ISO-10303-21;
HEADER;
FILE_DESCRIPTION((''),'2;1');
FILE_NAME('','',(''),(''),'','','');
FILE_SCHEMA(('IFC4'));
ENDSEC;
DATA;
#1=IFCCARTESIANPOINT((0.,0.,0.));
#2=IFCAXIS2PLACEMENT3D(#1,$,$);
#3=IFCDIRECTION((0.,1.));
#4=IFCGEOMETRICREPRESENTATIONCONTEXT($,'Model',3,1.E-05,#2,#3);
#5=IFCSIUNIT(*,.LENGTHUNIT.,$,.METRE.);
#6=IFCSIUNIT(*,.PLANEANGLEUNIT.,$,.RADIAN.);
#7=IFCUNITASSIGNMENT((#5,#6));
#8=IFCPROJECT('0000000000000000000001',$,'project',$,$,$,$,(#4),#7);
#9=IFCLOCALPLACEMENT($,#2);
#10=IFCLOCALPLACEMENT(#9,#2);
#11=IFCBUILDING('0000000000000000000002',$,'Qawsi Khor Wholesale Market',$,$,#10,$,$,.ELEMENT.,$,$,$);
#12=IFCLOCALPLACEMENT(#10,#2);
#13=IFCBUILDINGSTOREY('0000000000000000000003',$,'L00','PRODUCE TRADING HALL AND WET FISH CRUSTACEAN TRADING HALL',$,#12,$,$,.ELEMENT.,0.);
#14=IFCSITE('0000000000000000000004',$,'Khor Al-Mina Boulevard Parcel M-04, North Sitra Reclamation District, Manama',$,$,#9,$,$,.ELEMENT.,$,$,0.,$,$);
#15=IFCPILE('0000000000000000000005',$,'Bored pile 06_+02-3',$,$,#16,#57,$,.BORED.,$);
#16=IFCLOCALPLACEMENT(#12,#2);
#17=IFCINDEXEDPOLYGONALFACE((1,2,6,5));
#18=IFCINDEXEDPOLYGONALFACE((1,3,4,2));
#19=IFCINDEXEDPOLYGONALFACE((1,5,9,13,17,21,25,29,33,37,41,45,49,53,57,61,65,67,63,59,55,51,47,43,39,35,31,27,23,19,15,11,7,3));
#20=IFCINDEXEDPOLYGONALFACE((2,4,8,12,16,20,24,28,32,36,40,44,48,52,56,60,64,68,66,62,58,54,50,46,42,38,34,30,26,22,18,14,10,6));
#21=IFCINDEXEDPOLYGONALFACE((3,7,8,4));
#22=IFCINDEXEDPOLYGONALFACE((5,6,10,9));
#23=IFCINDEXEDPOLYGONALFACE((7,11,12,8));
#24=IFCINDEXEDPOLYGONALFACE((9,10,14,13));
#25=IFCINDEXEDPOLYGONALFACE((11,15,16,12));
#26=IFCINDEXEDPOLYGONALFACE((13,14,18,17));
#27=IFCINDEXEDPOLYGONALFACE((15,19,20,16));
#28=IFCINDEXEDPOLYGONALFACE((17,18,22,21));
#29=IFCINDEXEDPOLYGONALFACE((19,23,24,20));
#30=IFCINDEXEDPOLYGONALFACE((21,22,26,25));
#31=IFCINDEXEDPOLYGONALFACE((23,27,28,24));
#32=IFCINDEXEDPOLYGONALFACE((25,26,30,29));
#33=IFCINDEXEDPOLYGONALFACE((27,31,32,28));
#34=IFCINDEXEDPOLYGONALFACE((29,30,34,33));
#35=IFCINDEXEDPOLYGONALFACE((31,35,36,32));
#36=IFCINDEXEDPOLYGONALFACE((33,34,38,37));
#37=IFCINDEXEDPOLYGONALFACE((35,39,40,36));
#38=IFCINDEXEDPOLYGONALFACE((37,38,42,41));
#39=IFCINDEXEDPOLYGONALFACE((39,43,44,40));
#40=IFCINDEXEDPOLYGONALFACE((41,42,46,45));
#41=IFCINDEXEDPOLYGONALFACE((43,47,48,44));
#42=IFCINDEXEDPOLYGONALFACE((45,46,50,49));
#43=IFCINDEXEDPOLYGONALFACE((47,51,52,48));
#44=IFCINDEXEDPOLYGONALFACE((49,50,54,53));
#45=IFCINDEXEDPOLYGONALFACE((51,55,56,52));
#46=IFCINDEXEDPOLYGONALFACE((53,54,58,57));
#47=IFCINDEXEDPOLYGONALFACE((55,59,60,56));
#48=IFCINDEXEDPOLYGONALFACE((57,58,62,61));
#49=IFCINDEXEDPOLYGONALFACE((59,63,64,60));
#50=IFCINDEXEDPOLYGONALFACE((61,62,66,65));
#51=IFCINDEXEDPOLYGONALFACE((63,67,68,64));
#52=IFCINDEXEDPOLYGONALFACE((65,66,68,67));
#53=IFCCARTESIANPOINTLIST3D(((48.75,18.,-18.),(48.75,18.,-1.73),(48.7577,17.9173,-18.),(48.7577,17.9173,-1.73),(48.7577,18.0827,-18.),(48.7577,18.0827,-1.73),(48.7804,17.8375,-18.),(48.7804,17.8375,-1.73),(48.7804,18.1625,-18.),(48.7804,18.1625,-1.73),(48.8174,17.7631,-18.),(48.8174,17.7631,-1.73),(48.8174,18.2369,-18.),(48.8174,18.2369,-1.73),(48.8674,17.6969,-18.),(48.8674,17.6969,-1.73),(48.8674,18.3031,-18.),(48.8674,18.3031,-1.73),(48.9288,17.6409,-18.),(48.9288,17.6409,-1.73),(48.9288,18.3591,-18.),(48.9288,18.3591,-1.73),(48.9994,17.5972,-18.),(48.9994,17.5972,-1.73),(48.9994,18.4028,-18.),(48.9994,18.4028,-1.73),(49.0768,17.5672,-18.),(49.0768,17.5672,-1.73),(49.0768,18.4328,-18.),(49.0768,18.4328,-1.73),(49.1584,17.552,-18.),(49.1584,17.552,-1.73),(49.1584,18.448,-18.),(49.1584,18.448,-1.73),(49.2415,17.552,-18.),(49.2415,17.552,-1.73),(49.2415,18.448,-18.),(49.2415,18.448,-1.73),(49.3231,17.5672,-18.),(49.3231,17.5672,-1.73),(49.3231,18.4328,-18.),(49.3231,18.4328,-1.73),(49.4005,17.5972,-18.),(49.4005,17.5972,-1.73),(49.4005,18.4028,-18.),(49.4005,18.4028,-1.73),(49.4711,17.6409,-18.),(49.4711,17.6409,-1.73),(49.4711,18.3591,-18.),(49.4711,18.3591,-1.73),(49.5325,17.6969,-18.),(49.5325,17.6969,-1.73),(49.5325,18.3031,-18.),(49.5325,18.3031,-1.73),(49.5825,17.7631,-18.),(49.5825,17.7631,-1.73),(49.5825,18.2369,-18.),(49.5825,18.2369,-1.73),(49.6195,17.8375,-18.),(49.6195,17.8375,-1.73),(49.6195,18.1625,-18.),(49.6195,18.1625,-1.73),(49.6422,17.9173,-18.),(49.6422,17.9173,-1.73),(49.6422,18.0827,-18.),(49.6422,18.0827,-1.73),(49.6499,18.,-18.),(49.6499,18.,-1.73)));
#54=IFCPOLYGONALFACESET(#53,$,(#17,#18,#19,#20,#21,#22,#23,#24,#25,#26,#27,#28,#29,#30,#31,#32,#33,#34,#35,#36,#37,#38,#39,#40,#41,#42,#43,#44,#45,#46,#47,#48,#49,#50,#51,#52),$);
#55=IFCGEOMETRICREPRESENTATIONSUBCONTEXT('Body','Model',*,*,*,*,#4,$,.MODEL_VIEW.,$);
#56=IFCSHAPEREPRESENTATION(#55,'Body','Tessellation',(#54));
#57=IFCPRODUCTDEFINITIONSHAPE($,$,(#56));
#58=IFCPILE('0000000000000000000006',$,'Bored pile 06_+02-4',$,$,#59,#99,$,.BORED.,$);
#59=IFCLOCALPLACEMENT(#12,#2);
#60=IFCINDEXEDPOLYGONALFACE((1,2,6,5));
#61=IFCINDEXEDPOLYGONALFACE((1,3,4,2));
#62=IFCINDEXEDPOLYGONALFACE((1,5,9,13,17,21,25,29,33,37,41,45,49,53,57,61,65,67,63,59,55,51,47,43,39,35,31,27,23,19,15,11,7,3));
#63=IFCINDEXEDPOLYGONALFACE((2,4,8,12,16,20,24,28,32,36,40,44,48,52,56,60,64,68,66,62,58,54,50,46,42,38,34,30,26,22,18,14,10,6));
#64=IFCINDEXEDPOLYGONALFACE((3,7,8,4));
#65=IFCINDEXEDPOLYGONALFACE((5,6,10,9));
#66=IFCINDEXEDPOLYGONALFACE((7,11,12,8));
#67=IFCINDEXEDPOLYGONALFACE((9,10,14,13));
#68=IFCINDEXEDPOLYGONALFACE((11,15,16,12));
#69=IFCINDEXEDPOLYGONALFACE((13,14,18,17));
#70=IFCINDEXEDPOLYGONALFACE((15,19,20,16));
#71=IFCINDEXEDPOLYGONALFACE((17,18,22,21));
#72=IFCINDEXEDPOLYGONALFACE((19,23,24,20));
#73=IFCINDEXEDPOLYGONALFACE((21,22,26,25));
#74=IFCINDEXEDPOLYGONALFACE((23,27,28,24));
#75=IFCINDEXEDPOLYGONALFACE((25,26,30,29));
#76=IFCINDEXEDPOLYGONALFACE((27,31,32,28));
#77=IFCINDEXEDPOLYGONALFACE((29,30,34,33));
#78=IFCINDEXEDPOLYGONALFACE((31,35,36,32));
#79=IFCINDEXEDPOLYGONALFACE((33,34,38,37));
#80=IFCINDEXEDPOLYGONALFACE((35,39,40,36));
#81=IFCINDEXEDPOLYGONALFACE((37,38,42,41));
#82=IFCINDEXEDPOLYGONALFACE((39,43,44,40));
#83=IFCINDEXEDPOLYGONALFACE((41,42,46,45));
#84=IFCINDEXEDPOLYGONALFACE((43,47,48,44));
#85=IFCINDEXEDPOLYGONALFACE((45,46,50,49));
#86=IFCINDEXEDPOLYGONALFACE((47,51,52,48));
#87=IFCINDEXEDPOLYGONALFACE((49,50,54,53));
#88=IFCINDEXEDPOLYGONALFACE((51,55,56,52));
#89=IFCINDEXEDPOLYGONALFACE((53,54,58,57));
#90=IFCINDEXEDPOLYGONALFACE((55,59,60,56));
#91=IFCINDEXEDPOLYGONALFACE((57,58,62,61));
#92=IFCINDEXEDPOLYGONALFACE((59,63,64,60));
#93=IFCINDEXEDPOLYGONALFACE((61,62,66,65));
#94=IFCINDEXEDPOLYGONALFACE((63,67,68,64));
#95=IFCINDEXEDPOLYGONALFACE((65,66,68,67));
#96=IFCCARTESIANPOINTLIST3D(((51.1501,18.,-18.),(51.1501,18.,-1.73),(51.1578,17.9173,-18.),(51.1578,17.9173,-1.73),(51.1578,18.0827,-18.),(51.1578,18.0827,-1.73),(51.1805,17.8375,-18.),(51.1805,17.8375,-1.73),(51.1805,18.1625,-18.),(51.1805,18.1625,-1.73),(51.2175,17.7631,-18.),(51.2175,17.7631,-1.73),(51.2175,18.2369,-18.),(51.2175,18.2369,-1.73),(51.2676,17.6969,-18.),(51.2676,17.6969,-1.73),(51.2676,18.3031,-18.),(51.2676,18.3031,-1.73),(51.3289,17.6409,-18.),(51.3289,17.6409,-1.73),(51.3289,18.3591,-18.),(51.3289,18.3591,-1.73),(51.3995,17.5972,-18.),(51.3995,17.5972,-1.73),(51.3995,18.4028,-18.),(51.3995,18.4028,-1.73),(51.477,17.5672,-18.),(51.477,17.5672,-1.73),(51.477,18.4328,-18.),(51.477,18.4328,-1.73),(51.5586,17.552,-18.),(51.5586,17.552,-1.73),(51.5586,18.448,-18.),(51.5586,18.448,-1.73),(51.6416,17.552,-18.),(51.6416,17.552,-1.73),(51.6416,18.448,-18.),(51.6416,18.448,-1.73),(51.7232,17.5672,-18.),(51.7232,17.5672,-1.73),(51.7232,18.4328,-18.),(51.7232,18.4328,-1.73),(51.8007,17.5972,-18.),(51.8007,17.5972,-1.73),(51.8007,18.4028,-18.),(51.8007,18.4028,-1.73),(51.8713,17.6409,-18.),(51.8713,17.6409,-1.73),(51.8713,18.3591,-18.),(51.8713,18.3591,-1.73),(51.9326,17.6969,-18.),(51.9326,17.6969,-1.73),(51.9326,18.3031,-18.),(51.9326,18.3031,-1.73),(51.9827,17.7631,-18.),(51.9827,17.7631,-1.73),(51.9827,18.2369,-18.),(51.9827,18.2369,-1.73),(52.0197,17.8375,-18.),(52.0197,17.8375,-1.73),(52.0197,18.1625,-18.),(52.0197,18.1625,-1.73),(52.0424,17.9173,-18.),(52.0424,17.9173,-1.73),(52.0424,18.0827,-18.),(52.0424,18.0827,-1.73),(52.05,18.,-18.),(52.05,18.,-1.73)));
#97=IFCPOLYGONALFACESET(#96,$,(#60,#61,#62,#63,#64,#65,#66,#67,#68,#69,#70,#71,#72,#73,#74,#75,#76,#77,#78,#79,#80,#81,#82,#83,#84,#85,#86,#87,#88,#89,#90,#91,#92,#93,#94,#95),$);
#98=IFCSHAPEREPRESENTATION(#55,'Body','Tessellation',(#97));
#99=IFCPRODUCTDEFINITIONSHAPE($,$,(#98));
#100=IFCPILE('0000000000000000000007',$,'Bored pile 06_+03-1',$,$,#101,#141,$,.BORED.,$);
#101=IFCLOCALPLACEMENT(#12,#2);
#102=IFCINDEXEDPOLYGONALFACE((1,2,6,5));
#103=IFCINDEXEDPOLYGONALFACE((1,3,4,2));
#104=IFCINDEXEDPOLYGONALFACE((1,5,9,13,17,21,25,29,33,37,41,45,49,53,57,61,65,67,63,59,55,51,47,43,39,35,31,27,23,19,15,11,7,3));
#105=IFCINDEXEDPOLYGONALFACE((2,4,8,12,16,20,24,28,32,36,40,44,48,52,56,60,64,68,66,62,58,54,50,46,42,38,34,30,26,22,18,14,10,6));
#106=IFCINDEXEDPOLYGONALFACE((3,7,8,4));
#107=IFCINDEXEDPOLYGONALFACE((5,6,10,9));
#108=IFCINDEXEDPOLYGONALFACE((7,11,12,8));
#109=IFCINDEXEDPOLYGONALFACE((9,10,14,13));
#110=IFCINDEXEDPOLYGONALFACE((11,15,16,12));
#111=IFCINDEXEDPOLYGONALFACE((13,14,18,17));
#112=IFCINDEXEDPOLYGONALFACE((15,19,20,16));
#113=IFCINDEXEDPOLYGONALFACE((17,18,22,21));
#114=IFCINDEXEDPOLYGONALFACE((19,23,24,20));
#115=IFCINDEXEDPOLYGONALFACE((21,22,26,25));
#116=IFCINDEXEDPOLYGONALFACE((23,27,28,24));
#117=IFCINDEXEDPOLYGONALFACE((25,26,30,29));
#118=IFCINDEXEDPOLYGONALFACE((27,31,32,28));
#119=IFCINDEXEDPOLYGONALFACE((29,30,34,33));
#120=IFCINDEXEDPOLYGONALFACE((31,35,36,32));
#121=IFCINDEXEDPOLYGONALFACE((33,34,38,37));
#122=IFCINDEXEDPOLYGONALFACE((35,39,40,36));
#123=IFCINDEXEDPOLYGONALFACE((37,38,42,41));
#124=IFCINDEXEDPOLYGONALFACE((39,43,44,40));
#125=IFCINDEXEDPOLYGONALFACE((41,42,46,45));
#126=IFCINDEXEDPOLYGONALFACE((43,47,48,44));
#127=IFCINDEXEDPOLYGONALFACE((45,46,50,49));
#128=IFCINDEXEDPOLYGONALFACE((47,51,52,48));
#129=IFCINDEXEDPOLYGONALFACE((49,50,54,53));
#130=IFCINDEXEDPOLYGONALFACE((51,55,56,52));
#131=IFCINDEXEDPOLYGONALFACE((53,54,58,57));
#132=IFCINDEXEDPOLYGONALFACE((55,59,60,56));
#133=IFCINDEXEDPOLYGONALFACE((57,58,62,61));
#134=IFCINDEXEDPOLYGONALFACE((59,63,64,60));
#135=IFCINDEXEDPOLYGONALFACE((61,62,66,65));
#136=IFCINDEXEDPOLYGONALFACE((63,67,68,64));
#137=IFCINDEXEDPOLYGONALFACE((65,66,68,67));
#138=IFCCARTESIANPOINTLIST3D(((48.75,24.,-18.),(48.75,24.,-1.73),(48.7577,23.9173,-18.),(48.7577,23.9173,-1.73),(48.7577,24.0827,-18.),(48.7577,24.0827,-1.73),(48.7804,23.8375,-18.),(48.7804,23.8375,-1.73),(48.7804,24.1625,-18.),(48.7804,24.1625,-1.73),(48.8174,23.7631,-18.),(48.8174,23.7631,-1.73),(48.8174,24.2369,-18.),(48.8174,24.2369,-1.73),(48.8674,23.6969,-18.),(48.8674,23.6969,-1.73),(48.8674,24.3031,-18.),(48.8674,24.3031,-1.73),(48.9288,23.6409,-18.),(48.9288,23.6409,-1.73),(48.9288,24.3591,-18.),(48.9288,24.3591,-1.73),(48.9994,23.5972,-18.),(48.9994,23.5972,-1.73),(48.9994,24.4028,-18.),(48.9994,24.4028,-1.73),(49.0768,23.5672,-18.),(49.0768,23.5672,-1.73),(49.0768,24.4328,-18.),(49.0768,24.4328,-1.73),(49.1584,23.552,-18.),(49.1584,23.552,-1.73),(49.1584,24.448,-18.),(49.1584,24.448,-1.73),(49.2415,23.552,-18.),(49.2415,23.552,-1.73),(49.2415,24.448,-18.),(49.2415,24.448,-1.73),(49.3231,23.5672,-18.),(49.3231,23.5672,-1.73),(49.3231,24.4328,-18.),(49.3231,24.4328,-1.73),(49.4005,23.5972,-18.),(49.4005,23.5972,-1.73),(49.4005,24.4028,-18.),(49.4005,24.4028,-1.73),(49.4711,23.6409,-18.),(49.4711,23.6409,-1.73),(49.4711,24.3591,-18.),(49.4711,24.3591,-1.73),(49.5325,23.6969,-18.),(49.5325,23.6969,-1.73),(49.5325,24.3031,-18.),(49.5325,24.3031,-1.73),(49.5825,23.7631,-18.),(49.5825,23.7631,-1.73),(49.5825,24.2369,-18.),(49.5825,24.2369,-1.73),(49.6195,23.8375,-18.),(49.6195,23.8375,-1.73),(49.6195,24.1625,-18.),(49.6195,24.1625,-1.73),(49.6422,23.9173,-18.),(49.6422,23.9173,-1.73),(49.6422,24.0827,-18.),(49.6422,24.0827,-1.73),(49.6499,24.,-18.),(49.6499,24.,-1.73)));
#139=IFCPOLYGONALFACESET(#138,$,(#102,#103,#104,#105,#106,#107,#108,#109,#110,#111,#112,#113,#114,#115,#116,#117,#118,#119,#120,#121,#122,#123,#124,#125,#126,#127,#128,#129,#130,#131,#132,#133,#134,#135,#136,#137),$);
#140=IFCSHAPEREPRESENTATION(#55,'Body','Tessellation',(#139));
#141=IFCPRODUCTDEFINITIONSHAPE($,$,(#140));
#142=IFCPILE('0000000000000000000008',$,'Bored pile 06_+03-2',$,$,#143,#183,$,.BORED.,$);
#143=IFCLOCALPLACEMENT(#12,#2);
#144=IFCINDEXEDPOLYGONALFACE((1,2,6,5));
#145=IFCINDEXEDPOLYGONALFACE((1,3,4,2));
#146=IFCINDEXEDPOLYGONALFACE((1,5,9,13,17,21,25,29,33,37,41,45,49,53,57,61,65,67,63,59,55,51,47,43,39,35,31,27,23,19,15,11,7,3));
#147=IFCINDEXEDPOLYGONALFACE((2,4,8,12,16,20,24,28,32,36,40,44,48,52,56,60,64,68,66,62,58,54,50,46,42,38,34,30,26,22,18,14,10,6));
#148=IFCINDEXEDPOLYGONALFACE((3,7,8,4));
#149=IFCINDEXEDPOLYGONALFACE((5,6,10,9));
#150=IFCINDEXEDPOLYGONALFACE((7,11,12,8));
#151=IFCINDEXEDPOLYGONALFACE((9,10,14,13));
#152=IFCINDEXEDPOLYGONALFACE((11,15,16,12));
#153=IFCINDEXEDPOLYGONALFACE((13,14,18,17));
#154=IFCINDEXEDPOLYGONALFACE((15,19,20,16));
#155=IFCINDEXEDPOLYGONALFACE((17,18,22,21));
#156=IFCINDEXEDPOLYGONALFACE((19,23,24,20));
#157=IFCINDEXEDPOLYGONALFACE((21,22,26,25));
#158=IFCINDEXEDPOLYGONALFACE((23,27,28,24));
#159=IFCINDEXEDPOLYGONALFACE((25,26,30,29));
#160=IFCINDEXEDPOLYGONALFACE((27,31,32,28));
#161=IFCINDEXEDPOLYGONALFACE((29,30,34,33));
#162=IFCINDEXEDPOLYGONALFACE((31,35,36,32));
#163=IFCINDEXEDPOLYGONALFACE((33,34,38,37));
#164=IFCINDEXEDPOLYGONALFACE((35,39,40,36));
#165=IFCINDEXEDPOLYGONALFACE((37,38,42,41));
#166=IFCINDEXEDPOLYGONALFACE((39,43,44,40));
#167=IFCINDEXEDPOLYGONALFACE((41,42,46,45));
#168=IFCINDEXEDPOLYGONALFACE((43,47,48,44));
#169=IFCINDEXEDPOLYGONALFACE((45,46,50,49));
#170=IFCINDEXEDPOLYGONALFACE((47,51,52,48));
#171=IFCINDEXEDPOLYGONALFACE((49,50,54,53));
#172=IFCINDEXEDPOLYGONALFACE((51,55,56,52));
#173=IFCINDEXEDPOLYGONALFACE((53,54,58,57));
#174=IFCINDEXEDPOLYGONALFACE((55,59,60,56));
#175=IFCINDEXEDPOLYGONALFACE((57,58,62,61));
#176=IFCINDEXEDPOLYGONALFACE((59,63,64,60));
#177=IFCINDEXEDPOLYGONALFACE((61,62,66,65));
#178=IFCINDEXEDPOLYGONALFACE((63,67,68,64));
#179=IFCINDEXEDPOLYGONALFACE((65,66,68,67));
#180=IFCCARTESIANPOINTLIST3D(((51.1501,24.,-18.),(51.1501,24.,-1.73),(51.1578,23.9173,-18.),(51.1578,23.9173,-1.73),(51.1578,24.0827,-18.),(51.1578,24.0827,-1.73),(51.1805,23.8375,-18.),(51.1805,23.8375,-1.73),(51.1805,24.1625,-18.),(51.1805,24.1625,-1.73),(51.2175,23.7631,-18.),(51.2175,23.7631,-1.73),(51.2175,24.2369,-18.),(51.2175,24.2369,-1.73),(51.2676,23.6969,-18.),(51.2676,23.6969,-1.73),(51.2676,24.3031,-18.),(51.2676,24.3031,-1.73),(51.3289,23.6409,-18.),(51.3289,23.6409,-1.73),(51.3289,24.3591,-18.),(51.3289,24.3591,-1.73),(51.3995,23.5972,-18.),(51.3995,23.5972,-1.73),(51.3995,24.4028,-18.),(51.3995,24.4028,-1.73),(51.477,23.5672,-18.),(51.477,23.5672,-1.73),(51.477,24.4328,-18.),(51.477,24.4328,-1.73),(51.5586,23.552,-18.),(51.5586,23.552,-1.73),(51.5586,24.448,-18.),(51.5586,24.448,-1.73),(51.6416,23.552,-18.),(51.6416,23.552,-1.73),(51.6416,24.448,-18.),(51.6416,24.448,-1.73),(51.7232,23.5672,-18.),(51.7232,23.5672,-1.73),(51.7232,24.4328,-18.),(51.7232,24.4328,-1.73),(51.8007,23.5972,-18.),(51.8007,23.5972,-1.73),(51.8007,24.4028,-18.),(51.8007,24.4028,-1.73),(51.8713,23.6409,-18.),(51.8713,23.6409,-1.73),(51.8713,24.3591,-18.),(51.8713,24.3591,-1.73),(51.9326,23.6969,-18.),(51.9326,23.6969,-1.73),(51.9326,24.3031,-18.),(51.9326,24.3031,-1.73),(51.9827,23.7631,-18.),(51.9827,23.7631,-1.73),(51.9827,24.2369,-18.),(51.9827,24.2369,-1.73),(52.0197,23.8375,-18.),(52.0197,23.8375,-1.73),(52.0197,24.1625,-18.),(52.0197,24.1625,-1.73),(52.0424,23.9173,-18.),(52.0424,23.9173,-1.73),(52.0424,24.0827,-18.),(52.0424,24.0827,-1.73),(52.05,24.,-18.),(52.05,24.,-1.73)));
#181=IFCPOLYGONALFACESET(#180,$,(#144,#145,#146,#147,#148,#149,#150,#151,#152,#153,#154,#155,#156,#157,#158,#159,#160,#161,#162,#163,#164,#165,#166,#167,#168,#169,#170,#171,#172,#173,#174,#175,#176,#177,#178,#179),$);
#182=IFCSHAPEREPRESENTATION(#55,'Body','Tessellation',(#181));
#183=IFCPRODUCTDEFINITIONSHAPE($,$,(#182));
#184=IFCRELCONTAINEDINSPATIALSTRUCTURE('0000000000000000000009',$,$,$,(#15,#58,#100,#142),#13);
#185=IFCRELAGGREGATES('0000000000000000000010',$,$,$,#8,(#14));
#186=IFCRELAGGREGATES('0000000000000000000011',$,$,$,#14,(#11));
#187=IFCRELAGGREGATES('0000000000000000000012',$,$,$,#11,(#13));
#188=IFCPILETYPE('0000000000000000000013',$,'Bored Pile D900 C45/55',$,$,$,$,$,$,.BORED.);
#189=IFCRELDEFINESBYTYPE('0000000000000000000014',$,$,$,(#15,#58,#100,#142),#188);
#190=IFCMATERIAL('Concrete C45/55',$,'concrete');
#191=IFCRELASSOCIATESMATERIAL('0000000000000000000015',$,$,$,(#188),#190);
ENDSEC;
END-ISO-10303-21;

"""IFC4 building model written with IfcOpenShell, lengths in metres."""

from ifc_helpers import new_model, si_unit, direction, frame, origin, origin_2d, place, context, subcontext, project, spatial, circle, extrude, material, material_profile, profile_set, type_object, element, save


model = new_model("IFC4")

# Units and contexts
model_context = context("Model", 3, precision=1e-05, world=origin(), true_north=direction((0.0, 1.0)))
body_context = subcontext(model_context, "Body", "Model", "MODEL_VIEW")
ifc_project = project(units=[si_unit("LENGTHUNIT", "METRE"), si_unit("PLANEANGLEUNIT", "RADIAN")], contexts=[model_context])

# Site, building, storey
site_placement = place(None, origin())
site = spatial("IfcSite", under=ifc_project, at=site_placement, Name="Khor Al-Mina Boulevard Parcel M-04, North Sitra Reclamation District, Manama", CompositionType="ELEMENT", RefElevation=0.0)
building_placement = place(site_placement, origin())
building = spatial("IfcBuilding", under=site, at=building_placement, Name="Qawsi Khor Wholesale Market", CompositionType="ELEMENT")
storey_placement = place(building_placement, origin())
storey = spatial("IfcBuildingStorey", under=building, at=storey_placement, Name="L00", Description="PRODUCE TRADING HALL AND WET FISH CRUSTACEAN TRADING HALL", CompositionType="ELEMENT", Elevation=0.0)

# Piles
ifc_material_1 = material(Name="Concrete C45/55", Category="concrete")
ifc_material_profile_1 = material_profile(ifc_material_1, circle(Radius=0.45, at=origin_2d()), Name="PILE D900")
ifc_profile_set_1 = profile_set([ifc_material_profile_1], Name="Concrete C45/55")
pile_type = type_object("IfcPileType", Name="Bored Pile D900 C45/55", PredefinedType="BORED", material=ifc_profile_set_1)
for number, where, z_axis, x_axis, name in (
    (1, (49.2, 18.0, -1.73), (0.0, 0.0, -1.0), (1.0, 0.0, 0.0), "Bored pile 06_+02-3"),
    (2, (51.6001, 18.0, -1.73), (0.0, 0.0, -1.0), (1.0, 0.0, 0.0), "Bored pile 06_+02-4"),
    (3, (49.2, 24.0, -1.73), (0.0, 0.0, -1.0), (1.0, 0.0, 0.0), "Bored pile 06_+03-1"),
    (4, (51.6001, 24.0, -1.73), (0.0, 0.0, -1.0), (1.0, 0.0, 0.0), "Bored pile 06_+03-2"),
):
    element("IfcPile", number, at=place(storey_placement, frame(where, z_axis=z_axis, x_axis=x_axis)), inside=storey, type_object=pile_type, Name=name, PredefinedType="BORED", context=body_context, shape_type="SweptSolid", body=[
        extrude(circle(Radius=0.45, at=origin_2d()), origin(), (0.0, 0.0, 1.0), 16.27),
    ])

save(model, "model.ifc")
